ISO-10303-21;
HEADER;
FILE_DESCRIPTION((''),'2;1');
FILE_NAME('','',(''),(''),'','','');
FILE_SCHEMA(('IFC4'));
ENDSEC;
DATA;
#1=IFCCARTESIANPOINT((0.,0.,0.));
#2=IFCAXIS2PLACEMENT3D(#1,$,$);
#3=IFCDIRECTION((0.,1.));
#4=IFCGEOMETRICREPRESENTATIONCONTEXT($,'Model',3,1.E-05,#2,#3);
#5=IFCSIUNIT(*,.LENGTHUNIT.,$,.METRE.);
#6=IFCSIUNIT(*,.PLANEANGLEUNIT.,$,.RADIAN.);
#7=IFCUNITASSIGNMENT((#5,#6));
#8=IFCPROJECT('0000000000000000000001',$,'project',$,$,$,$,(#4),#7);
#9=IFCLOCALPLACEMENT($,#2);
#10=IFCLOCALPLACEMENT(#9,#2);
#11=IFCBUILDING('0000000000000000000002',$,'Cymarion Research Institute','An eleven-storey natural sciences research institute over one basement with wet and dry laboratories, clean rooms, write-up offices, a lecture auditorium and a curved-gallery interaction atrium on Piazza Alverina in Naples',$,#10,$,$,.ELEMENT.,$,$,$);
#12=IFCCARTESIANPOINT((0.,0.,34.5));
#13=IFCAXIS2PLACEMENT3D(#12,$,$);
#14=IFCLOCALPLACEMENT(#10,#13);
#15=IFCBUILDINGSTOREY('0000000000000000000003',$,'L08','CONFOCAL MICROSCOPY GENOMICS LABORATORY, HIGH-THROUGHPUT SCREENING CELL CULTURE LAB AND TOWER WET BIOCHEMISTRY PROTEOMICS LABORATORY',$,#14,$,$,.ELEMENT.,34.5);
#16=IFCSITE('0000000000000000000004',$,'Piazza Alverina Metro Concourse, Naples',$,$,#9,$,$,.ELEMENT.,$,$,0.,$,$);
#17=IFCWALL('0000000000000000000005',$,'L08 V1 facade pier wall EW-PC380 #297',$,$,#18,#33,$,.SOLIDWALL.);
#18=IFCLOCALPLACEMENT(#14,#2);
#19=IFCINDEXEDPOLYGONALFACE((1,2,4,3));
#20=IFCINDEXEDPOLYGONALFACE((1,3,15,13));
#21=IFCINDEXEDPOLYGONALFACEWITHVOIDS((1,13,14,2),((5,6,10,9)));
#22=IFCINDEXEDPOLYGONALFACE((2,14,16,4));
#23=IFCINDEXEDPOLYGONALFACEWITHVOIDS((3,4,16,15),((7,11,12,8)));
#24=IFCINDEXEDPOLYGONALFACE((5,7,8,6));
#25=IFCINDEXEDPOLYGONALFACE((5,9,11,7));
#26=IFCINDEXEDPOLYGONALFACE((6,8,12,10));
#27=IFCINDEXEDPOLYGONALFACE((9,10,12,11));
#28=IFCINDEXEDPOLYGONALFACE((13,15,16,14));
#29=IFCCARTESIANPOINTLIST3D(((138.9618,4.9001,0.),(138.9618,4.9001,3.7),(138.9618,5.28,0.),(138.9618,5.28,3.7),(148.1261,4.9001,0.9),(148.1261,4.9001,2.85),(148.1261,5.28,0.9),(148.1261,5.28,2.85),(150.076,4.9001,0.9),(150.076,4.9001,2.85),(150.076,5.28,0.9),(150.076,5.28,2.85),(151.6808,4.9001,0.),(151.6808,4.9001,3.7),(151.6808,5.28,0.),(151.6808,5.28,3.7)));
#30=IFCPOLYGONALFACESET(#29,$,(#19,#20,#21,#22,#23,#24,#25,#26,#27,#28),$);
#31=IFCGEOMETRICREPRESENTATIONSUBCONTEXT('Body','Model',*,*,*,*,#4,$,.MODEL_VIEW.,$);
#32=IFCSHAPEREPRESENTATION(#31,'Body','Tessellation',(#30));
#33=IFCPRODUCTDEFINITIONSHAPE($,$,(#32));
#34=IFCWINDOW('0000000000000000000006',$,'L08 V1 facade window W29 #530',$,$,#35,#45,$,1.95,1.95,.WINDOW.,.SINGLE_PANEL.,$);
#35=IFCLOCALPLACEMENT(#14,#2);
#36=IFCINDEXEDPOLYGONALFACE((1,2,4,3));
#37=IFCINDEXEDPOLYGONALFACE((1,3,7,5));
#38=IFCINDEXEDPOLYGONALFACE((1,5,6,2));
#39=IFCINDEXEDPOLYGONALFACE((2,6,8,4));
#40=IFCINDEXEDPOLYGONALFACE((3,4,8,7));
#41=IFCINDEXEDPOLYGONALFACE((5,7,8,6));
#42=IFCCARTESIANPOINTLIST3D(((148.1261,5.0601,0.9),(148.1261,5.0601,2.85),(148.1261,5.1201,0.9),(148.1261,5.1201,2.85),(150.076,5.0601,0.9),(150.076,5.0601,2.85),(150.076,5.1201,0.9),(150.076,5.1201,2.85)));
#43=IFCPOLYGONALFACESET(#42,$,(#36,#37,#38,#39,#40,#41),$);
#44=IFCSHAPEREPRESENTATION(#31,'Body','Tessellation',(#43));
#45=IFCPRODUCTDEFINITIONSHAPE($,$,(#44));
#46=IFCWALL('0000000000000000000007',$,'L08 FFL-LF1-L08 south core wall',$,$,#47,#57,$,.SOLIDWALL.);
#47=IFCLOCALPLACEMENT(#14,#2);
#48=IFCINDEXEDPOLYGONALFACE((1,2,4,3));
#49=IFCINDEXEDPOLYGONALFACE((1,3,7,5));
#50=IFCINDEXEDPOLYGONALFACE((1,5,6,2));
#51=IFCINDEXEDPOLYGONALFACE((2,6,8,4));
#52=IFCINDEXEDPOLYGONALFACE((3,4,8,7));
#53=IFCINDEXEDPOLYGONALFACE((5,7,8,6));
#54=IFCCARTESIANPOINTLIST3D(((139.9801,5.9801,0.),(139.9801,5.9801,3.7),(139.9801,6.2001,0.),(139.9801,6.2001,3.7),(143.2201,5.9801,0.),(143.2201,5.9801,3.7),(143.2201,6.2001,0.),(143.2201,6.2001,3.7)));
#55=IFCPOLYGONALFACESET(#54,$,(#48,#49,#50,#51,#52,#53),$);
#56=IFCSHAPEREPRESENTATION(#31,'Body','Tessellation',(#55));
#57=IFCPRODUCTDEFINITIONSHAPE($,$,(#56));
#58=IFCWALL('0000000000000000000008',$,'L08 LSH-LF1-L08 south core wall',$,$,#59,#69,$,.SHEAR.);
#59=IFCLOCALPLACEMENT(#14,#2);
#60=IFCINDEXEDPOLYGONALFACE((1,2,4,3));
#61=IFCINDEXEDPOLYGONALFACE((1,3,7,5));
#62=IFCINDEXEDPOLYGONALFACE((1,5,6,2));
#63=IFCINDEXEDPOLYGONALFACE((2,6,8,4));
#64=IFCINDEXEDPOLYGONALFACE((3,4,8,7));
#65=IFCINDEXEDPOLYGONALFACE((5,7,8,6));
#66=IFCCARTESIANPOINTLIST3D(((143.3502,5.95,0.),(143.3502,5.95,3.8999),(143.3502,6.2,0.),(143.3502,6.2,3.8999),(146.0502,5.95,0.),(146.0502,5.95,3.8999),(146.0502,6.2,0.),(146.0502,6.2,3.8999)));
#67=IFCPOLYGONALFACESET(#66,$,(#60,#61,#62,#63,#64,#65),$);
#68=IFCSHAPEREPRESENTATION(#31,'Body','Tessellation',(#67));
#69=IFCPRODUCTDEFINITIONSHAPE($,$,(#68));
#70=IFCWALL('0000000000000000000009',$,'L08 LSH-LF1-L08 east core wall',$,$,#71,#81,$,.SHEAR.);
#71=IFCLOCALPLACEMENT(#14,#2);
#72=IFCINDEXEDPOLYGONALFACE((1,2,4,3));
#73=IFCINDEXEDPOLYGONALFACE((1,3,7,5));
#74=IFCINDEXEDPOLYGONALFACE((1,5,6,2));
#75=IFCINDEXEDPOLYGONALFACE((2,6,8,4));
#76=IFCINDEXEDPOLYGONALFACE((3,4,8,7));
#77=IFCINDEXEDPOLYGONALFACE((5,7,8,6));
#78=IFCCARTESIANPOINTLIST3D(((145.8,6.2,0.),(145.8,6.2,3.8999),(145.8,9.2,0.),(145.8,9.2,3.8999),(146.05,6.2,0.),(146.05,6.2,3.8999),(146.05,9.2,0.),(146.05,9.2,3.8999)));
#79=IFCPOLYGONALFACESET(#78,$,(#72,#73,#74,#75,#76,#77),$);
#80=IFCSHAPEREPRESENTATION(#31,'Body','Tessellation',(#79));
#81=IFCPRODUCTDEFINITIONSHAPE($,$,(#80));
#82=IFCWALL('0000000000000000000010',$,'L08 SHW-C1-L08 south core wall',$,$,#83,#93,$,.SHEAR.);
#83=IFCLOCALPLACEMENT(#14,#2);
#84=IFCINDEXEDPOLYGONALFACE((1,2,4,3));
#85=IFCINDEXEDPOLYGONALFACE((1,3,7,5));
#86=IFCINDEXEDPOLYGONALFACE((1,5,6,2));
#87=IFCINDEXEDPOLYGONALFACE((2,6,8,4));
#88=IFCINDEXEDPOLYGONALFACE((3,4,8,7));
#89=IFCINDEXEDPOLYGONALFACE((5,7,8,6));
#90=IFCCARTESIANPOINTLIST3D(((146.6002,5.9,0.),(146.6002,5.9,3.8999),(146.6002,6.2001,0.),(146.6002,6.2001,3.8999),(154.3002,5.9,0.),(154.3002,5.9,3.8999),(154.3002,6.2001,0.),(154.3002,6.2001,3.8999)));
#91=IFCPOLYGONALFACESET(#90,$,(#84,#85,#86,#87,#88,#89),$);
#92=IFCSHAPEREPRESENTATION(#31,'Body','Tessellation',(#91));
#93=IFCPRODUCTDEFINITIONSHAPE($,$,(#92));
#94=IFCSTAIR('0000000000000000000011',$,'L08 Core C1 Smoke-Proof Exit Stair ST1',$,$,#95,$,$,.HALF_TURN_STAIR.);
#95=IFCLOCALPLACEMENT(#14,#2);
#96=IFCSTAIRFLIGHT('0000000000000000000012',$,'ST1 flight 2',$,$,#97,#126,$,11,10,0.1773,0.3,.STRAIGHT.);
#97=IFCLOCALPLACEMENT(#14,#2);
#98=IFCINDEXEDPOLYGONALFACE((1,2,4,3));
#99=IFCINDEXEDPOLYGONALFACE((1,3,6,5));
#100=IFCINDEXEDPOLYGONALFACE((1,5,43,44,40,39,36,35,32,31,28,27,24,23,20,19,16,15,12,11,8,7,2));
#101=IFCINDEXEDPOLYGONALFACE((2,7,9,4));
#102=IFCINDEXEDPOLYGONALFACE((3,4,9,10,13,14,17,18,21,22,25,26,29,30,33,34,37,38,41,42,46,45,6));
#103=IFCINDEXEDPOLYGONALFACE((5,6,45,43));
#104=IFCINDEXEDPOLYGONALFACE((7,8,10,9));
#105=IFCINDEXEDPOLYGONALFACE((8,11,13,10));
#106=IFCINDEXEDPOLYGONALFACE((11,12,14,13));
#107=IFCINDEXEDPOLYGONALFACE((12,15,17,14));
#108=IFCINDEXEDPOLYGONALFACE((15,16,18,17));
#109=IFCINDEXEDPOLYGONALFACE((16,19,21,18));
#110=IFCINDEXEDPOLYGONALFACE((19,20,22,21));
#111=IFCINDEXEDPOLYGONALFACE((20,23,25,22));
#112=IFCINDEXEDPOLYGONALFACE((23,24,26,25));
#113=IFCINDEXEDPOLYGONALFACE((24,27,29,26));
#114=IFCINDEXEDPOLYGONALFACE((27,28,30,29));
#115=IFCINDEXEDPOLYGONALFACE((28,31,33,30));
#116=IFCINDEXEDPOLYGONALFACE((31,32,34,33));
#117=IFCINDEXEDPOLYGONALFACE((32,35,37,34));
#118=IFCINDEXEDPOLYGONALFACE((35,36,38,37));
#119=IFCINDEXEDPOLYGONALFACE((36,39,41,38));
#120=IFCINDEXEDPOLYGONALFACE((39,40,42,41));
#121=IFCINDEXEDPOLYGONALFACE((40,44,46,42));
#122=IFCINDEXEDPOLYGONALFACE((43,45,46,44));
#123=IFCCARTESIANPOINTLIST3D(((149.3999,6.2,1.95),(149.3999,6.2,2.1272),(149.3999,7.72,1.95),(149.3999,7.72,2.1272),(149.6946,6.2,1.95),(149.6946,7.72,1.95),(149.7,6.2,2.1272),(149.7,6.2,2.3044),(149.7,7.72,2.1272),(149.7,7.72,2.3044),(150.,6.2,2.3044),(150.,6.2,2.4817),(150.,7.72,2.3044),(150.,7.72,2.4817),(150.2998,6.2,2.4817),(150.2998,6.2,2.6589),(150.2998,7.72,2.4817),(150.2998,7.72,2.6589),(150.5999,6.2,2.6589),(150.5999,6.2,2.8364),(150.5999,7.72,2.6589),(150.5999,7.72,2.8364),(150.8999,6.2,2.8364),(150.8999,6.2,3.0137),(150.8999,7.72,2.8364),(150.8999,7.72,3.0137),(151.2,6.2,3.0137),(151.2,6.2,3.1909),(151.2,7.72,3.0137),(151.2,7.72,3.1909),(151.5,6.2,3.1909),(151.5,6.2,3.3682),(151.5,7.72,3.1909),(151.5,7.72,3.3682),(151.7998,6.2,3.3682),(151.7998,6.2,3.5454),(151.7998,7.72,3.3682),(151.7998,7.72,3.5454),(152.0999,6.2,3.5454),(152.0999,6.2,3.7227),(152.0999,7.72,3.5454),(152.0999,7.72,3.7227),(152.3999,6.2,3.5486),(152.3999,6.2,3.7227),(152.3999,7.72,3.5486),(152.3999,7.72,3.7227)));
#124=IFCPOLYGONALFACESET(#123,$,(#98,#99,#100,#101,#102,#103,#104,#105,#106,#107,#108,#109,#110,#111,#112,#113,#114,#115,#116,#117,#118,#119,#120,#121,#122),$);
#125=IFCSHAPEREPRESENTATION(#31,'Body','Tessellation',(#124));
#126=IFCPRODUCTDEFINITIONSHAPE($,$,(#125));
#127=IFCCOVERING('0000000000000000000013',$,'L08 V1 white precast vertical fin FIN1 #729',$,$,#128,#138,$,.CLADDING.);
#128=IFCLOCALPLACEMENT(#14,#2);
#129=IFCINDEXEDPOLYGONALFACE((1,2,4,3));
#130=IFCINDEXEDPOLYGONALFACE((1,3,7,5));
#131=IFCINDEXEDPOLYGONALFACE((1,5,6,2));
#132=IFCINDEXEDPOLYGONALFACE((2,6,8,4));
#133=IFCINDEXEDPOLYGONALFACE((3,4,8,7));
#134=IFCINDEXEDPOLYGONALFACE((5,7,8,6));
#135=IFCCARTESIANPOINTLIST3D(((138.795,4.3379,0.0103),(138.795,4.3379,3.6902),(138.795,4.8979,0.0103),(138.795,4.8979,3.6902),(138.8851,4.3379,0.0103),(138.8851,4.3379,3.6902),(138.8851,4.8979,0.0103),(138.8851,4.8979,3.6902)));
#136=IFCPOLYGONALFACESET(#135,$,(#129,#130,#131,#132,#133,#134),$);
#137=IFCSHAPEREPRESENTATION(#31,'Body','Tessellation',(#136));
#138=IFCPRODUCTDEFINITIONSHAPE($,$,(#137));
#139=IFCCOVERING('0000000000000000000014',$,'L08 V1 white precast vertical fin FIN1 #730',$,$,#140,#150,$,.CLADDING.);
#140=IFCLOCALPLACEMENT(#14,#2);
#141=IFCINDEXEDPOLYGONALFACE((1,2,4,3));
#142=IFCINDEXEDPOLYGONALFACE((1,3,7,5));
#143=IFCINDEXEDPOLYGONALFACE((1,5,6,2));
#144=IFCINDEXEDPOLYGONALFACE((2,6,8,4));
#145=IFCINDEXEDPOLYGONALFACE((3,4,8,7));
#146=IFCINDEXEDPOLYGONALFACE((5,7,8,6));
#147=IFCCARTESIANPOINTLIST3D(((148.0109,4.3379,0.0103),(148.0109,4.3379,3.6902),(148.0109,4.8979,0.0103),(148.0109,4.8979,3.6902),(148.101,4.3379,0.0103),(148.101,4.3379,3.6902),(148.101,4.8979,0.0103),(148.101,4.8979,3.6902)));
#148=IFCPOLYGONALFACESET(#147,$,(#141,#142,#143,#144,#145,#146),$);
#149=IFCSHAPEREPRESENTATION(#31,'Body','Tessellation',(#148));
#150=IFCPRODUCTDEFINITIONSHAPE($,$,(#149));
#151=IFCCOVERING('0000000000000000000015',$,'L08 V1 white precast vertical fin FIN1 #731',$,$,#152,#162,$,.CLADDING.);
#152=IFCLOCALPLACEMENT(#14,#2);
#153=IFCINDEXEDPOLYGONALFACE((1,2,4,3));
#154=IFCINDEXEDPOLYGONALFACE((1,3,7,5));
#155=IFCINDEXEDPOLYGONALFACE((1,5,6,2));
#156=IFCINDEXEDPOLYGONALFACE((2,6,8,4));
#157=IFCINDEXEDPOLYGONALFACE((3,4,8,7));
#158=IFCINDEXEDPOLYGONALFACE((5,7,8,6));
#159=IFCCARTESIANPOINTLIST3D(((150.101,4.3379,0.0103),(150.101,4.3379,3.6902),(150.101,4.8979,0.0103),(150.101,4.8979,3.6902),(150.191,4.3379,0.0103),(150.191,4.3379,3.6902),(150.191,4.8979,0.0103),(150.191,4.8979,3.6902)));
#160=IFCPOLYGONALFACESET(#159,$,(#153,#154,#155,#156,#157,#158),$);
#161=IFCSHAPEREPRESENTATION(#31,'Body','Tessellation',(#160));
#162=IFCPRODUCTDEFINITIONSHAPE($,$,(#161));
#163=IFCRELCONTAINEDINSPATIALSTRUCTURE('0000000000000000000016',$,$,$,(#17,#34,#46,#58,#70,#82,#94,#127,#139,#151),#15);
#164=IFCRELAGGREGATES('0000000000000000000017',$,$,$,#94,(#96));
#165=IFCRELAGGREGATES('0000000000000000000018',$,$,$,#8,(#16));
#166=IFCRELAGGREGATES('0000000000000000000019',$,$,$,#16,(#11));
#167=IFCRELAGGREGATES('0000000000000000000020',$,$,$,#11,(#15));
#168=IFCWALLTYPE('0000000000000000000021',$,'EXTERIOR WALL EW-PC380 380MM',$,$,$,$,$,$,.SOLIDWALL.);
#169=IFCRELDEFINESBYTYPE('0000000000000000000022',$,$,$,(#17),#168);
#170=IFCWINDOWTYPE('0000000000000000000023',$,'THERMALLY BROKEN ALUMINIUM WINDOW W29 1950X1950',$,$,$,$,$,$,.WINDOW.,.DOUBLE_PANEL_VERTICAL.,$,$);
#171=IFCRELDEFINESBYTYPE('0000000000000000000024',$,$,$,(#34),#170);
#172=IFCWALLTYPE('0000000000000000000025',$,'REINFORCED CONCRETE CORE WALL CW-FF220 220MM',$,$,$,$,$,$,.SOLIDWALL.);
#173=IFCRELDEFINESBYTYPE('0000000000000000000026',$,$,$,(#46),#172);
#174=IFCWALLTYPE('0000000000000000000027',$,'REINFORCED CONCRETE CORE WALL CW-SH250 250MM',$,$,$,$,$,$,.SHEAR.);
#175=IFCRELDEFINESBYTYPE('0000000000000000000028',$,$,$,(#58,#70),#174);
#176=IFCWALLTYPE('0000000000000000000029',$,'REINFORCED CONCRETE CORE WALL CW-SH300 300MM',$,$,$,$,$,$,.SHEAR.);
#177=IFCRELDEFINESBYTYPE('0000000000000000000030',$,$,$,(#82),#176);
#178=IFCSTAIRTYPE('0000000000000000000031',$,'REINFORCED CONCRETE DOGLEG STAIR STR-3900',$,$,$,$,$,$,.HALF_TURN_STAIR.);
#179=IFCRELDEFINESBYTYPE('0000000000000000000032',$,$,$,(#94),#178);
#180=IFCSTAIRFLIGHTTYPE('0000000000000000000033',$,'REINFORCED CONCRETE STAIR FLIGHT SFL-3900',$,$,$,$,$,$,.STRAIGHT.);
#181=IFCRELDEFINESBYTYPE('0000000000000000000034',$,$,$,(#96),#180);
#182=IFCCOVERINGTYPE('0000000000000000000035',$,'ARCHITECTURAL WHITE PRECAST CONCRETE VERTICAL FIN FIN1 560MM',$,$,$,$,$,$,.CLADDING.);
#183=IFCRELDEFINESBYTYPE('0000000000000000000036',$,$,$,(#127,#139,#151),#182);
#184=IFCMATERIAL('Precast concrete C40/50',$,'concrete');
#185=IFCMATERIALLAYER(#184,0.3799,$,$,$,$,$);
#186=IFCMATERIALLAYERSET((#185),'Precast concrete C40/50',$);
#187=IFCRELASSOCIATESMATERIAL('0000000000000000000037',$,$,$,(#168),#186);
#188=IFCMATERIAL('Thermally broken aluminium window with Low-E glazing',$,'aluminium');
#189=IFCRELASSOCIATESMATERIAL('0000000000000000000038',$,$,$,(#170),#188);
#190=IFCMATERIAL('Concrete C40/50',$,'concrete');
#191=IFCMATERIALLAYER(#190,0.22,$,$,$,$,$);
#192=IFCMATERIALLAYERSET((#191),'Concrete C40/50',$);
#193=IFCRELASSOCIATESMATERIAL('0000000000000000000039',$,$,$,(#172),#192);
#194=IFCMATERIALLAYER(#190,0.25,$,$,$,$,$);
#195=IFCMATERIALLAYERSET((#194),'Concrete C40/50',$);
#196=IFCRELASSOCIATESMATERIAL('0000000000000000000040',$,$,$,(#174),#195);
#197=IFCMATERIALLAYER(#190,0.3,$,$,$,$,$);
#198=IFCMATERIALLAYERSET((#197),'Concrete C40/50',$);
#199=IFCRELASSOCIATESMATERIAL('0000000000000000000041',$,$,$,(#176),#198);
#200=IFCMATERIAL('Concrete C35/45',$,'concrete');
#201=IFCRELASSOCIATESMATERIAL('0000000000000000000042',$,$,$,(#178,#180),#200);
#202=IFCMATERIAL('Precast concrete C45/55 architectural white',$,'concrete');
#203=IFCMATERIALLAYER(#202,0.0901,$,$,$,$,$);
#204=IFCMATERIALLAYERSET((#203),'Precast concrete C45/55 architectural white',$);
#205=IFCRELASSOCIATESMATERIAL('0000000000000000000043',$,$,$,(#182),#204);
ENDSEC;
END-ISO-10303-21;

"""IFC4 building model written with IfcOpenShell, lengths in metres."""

from ifc_helpers import new_model, si_unit, direction, frame, frame_2d, origin, origin_2d, place, context, subcontext, project, spatial, polyline, rectangle, outline, extrude, material, layer, layer_set, type_object, element, fill, aggregate, save


model = new_model("IFC4")

# Units and contexts
model_context = context("Model", 3, precision=1e-05, world=origin(), true_north=direction((0.0, 1.0)))
body_context = subcontext(model_context, "Body", "Model", "MODEL_VIEW")
ifc_project = project(units=[si_unit("LENGTHUNIT", "METRE"), si_unit("PLANEANGLEUNIT", "RADIAN")], contexts=[model_context])

# Site, building, storey
site_placement = place(None, origin())
site = spatial("IfcSite", under=ifc_project, at=site_placement, Name="Piazza Alverina Metro Concourse, Naples", CompositionType="ELEMENT", RefElevation=0.0)
building_placement = place(site_placement, origin())
building = spatial("IfcBuilding", under=site, at=building_placement, Name="Cymarion Research Institute", Description="An eleven-storey natural sciences research institute over one basement with wet and dry laboratories, clean rooms, write-up offices, a lecture auditorium and a curved-gallery interaction atrium on Piazza Alverina in Naples", CompositionType="ELEMENT")
storey_placement = place(building_placement, frame((0.0, 0.0, 34.5)))
storey = spatial("IfcBuildingStorey", under=building, at=storey_placement, Name="L08", Description="CONFOCAL MICROSCOPY GENOMICS LABORATORY, HIGH-THROUGHPUT SCREENING CELL CULTURE LAB AND TOWER WET BIOCHEMISTRY PROTEOMICS LABORATORY", CompositionType="ELEMENT", Elevation=34.5)

# Shared definitions
ifc_material_1 = material(Name="Concrete C40/50", Category="concrete")

# Wall, opening, window
ifc_material_2 = material(Name="Precast concrete C40/50", Category="concrete")
ifc_layer_1 = layer(ifc_material_2, 0.3799)
ifc_layer_set_1 = layer_set([ifc_layer_1], Name="Precast concrete C40/50")
wall_type_1 = type_object("IfcWallType", Name="EXTERIOR WALL EW-PC380 380MM", PredefinedType="SOLIDWALL", material=ifc_layer_set_1)
wall_1_placement = place(storey_placement, frame((138.9619, 5.0901, 0.0), z_axis=(0.0, 0.0, 1.0), x_axis=(1.0, 0.0, 0.0)))
wall_1 = element("IfcWall", 1, at=wall_1_placement, inside=storey, type_object=wall_type_1, Name="L08 V1 facade pier wall EW-PC380 #297", PredefinedType="SOLIDWALL", context=body_context, shape_type="SweptSolid", body=[
    extrude(rectangle(XDim=12.719, YDim=0.3799, at=frame_2d((6.3594, 0.0))), origin(), (0.0, 0.0, 1.0), 3.7),
])
opening_placement = place(wall_1_placement, frame((9.1641, 0.0, 0.8999)))
opening = element("IfcOpeningElement", 2, at=opening_placement, cuts=wall_1, PredefinedType="OPENING", context=body_context, shape_type="SweptSolid", body=[
    extrude(rectangle(XDim=1.95, YDim=1.95, at=frame_2d((0.9751, 0.9751))), frame((0.0, 0.2, 0.0), z_axis=(0.0, -1.0, 0.0), x_axis=(1.0, 0.0, 0.0)), (0.0, 0.0, 1.0), 0.3999),
])
ifc_material_3 = material(Name="Thermally broken aluminium window with Low-E glazing", Category="aluminium")
window_type = type_object("IfcWindowType", Name="THERMALLY BROKEN ALUMINIUM WINDOW W29 1950X1950", PartitioningType="DOUBLE_PANEL_VERTICAL", PredefinedType="WINDOW", material=ifc_material_3)
window_placement = place(opening_placement, origin())
window = element("IfcWindow", 3, at=window_placement, inside=storey, type_object=window_type, Name="L08 V1 facade window W29 #530", OverallHeight=1.95, OverallWidth=1.95, PartitioningType="SINGLE_PANEL", PredefinedType="WINDOW", context=body_context, shape_type="SweptSolid", body=[
    extrude(rectangle(XDim=1.95, YDim=1.95, at=frame_2d((0.9751, 0.9751))), frame((0.0, 0.03, 0.0), z_axis=(0.0, -1.0, 0.0), x_axis=(1.0, 0.0, 0.0)), (0.0, 0.0, 1.0), 0.0601),
])
fill(opening, window)

# Walls
ifc_layer_2 = layer(ifc_material_1, 0.22)
ifc_layer_set_2 = layer_set([ifc_layer_2], Name="Concrete C40/50")
wall_type_2 = type_object("IfcWallType", Name="REINFORCED CONCRETE CORE WALL CW-FF220 220MM", PredefinedType="SOLIDWALL", material=ifc_layer_set_2)
wall_2_placement = place(storey_placement, frame((139.98, 6.0901, 0.0), z_axis=(0.0, 0.0, 1.0), x_axis=(1.0, 0.0, 0.0)))
element("IfcWall", 4, at=wall_2_placement, inside=storey, type_object=wall_type_2, Name="L08 FFL-LF1-L08 south core wall", PredefinedType="SOLIDWALL", context=body_context, shape_type="SweptSolid", body=[
    extrude(rectangle(XDim=3.24, YDim=0.22, at=frame_2d((1.6201, 0.0))), origin(), (0.0, 0.0, 1.0), 3.7),
])
ifc_layer_3 = layer(ifc_material_1, 0.25)
ifc_layer_set_3 = layer_set([ifc_layer_3], Name="Concrete C40/50")
wall_type_3 = type_object("IfcWallType", Name="REINFORCED CONCRETE CORE WALL CW-SH250 250MM", PredefinedType="SHEAR", material=ifc_layer_set_3)
wall_3_placement = place(storey_placement, frame((143.3501, 6.075, 0.0), z_axis=(0.0, 0.0, 1.0), x_axis=(1.0, 0.0, 0.0)))
element("IfcWall", 5, at=wall_3_placement, inside=storey, type_object=wall_type_3, Name="L08 LSH-LF1-L08 south core wall", PredefinedType="SHEAR", context=body_context, shape_type="SweptSolid", body=[
    extrude(rectangle(XDim=2.7, YDim=0.25, at=frame_2d((1.3501, 0.0))), origin(), (0.0, 0.0, 1.0), 3.8999),
])
wall_4_placement = place(storey_placement, frame((145.925, 6.2, 0.0), z_axis=(0.0, 0.0, 1.0), x_axis=(0.0, 1.0, 0.0)))
element("IfcWall", 6, at=wall_4_placement, inside=storey, type_object=wall_type_3, Name="L08 LSH-LF1-L08 east core wall", PredefinedType="SHEAR", context=body_context, shape_type="SweptSolid", body=[
    extrude(rectangle(XDim=3.0, YDim=0.25, at=frame_2d((1.5, 0.0))), origin(), (0.0, 0.0, 1.0), 3.8999),
])
ifc_layer_4 = layer(ifc_material_1, 0.3)
ifc_layer_set_4 = layer_set([ifc_layer_4], Name="Concrete C40/50")
wall_type_4 = type_object("IfcWallType", Name="REINFORCED CONCRETE CORE WALL CW-SH300 300MM", PredefinedType="SHEAR", material=ifc_layer_set_4)
wall_5_placement = place(storey_placement, frame((146.6001, 6.05, 0.0), z_axis=(0.0, 0.0, 1.0), x_axis=(1.0, 0.0, 0.0)))
element("IfcWall", 7, at=wall_5_placement, inside=storey, type_object=wall_type_4, Name="L08 SHW-C1-L08 south core wall", PredefinedType="SHEAR", context=body_context, shape_type="SweptSolid", body=[
    extrude(rectangle(XDim=7.7, YDim=0.3, at=frame_2d((3.8501, 0.0))), origin(), (0.0, 0.0, 1.0), 3.8999),
])

# Stair, stair flight
ifc_material_4 = material(Name="Concrete C35/45", Category="concrete")
stair_type = type_object("IfcStairType", Name="REINFORCED CONCRETE DOGLEG STAIR STR-3900", PredefinedType="HALF_TURN_STAIR", material=ifc_material_4)
stair_placement = place(storey_placement, origin())
stair = element("IfcStair", 8, at=stair_placement, inside=storey, type_object=stair_type, Name="L08 Core C1 Smoke-Proof Exit Stair ST1", PredefinedType="HALF_TURN_STAIR")
stair_flight_type = type_object("IfcStairFlightType", Name="REINFORCED CONCRETE STAIR FLIGHT SFL-3900", PredefinedType="STRAIGHT", material=ifc_material_4)
stair_flight_placement = place(storey_placement, frame((149.3999, 6.96, 1.95), z_axis=(0.0, 0.0, 1.0), x_axis=(1.0, 0.0, 0.0)))
stair_flight = element("IfcStairFlight", 9, at=stair_flight_placement, type_object=stair_flight_type, Name="ST1 flight 2", NumberOfRisers=11, NumberOfTreads=10, PredefinedType="STRAIGHT", RiserHeight=0.1773, TreadLength=0.3, context=body_context, shape_type="SweptSolid", body=[
    extrude(outline(polyline([(0.0, 0.0), (0.0, 0.1772), (0.3, 0.1772), (0.3, 0.3545), (0.6001, 0.3545), (0.6001, 0.5317), (0.8999, 0.5317), (0.8999, 0.709), (1.2, 0.709), (1.2, 0.8865), (1.5, 0.8865), (1.5, 1.0637), (1.8, 1.0637), (1.8, 1.241), (2.1001, 1.241), (2.1001, 1.4182), (2.3999, 1.4182), (2.3999, 1.5955), (2.7, 1.5955), (2.7, 1.7727), (3.0, 1.7727), (3.0, 1.95), (3.0, 1.5986), (0.2947, 0.0), (0.0, 0.0)])), frame((0.0, 0.76, 0.0), z_axis=(0.0, -1.0, 0.0), x_axis=(1.0, 0.0, 0.0)), (0.0, 0.0, 1.0), 1.52),
])
aggregate(stair, [stair_flight])

# Coverings
ifc_material_5 = material(Name="Precast concrete C45/55 architectural white", Category="concrete")
ifc_layer_5 = layer(ifc_material_5, 0.0901)
ifc_layer_set_5 = layer_set([ifc_layer_5], Name="Precast concrete C45/55 architectural white")
covering_type = type_object("IfcCoveringType", Name="ARCHITECTURAL WHITE PRECAST CONCRETE VERTICAL FIN FIN1 560MM", PredefinedType="CLADDING", material=ifc_layer_set_5)
for number, where, z_axis, x_axis, name in (
    (10, (138.8401, 4.6179, 0.0103), (0.0, 0.0, 1.0), (0.0, -1.0, 0.0), "L08 V1 white precast vertical fin FIN1 #729"),
    (11, (148.0559, 4.6179, 0.0103), (0.0, 0.0, 1.0), (0.0, -1.0, 0.0), "L08 V1 white precast vertical fin FIN1 #730"),
    (12, (150.146, 4.6179, 0.0103), (0.0, 0.0, 1.0), (0.0, -1.0, 0.0), "L08 V1 white precast vertical fin FIN1 #731"),
):
    element("IfcCovering", number, at=place(storey_placement, frame(where, z_axis=z_axis, x_axis=x_axis)), inside=storey, type_object=covering_type, Name=name, PredefinedType="CLADDING", context=body_context, shape_type="SweptSolid", body=[
        extrude(rectangle(XDim=0.5601, YDim=0.0901, at=origin_2d()), origin(), (0.0, 0.0, 1.0), 3.6799),
    ])

save(model, "model.ifc")
